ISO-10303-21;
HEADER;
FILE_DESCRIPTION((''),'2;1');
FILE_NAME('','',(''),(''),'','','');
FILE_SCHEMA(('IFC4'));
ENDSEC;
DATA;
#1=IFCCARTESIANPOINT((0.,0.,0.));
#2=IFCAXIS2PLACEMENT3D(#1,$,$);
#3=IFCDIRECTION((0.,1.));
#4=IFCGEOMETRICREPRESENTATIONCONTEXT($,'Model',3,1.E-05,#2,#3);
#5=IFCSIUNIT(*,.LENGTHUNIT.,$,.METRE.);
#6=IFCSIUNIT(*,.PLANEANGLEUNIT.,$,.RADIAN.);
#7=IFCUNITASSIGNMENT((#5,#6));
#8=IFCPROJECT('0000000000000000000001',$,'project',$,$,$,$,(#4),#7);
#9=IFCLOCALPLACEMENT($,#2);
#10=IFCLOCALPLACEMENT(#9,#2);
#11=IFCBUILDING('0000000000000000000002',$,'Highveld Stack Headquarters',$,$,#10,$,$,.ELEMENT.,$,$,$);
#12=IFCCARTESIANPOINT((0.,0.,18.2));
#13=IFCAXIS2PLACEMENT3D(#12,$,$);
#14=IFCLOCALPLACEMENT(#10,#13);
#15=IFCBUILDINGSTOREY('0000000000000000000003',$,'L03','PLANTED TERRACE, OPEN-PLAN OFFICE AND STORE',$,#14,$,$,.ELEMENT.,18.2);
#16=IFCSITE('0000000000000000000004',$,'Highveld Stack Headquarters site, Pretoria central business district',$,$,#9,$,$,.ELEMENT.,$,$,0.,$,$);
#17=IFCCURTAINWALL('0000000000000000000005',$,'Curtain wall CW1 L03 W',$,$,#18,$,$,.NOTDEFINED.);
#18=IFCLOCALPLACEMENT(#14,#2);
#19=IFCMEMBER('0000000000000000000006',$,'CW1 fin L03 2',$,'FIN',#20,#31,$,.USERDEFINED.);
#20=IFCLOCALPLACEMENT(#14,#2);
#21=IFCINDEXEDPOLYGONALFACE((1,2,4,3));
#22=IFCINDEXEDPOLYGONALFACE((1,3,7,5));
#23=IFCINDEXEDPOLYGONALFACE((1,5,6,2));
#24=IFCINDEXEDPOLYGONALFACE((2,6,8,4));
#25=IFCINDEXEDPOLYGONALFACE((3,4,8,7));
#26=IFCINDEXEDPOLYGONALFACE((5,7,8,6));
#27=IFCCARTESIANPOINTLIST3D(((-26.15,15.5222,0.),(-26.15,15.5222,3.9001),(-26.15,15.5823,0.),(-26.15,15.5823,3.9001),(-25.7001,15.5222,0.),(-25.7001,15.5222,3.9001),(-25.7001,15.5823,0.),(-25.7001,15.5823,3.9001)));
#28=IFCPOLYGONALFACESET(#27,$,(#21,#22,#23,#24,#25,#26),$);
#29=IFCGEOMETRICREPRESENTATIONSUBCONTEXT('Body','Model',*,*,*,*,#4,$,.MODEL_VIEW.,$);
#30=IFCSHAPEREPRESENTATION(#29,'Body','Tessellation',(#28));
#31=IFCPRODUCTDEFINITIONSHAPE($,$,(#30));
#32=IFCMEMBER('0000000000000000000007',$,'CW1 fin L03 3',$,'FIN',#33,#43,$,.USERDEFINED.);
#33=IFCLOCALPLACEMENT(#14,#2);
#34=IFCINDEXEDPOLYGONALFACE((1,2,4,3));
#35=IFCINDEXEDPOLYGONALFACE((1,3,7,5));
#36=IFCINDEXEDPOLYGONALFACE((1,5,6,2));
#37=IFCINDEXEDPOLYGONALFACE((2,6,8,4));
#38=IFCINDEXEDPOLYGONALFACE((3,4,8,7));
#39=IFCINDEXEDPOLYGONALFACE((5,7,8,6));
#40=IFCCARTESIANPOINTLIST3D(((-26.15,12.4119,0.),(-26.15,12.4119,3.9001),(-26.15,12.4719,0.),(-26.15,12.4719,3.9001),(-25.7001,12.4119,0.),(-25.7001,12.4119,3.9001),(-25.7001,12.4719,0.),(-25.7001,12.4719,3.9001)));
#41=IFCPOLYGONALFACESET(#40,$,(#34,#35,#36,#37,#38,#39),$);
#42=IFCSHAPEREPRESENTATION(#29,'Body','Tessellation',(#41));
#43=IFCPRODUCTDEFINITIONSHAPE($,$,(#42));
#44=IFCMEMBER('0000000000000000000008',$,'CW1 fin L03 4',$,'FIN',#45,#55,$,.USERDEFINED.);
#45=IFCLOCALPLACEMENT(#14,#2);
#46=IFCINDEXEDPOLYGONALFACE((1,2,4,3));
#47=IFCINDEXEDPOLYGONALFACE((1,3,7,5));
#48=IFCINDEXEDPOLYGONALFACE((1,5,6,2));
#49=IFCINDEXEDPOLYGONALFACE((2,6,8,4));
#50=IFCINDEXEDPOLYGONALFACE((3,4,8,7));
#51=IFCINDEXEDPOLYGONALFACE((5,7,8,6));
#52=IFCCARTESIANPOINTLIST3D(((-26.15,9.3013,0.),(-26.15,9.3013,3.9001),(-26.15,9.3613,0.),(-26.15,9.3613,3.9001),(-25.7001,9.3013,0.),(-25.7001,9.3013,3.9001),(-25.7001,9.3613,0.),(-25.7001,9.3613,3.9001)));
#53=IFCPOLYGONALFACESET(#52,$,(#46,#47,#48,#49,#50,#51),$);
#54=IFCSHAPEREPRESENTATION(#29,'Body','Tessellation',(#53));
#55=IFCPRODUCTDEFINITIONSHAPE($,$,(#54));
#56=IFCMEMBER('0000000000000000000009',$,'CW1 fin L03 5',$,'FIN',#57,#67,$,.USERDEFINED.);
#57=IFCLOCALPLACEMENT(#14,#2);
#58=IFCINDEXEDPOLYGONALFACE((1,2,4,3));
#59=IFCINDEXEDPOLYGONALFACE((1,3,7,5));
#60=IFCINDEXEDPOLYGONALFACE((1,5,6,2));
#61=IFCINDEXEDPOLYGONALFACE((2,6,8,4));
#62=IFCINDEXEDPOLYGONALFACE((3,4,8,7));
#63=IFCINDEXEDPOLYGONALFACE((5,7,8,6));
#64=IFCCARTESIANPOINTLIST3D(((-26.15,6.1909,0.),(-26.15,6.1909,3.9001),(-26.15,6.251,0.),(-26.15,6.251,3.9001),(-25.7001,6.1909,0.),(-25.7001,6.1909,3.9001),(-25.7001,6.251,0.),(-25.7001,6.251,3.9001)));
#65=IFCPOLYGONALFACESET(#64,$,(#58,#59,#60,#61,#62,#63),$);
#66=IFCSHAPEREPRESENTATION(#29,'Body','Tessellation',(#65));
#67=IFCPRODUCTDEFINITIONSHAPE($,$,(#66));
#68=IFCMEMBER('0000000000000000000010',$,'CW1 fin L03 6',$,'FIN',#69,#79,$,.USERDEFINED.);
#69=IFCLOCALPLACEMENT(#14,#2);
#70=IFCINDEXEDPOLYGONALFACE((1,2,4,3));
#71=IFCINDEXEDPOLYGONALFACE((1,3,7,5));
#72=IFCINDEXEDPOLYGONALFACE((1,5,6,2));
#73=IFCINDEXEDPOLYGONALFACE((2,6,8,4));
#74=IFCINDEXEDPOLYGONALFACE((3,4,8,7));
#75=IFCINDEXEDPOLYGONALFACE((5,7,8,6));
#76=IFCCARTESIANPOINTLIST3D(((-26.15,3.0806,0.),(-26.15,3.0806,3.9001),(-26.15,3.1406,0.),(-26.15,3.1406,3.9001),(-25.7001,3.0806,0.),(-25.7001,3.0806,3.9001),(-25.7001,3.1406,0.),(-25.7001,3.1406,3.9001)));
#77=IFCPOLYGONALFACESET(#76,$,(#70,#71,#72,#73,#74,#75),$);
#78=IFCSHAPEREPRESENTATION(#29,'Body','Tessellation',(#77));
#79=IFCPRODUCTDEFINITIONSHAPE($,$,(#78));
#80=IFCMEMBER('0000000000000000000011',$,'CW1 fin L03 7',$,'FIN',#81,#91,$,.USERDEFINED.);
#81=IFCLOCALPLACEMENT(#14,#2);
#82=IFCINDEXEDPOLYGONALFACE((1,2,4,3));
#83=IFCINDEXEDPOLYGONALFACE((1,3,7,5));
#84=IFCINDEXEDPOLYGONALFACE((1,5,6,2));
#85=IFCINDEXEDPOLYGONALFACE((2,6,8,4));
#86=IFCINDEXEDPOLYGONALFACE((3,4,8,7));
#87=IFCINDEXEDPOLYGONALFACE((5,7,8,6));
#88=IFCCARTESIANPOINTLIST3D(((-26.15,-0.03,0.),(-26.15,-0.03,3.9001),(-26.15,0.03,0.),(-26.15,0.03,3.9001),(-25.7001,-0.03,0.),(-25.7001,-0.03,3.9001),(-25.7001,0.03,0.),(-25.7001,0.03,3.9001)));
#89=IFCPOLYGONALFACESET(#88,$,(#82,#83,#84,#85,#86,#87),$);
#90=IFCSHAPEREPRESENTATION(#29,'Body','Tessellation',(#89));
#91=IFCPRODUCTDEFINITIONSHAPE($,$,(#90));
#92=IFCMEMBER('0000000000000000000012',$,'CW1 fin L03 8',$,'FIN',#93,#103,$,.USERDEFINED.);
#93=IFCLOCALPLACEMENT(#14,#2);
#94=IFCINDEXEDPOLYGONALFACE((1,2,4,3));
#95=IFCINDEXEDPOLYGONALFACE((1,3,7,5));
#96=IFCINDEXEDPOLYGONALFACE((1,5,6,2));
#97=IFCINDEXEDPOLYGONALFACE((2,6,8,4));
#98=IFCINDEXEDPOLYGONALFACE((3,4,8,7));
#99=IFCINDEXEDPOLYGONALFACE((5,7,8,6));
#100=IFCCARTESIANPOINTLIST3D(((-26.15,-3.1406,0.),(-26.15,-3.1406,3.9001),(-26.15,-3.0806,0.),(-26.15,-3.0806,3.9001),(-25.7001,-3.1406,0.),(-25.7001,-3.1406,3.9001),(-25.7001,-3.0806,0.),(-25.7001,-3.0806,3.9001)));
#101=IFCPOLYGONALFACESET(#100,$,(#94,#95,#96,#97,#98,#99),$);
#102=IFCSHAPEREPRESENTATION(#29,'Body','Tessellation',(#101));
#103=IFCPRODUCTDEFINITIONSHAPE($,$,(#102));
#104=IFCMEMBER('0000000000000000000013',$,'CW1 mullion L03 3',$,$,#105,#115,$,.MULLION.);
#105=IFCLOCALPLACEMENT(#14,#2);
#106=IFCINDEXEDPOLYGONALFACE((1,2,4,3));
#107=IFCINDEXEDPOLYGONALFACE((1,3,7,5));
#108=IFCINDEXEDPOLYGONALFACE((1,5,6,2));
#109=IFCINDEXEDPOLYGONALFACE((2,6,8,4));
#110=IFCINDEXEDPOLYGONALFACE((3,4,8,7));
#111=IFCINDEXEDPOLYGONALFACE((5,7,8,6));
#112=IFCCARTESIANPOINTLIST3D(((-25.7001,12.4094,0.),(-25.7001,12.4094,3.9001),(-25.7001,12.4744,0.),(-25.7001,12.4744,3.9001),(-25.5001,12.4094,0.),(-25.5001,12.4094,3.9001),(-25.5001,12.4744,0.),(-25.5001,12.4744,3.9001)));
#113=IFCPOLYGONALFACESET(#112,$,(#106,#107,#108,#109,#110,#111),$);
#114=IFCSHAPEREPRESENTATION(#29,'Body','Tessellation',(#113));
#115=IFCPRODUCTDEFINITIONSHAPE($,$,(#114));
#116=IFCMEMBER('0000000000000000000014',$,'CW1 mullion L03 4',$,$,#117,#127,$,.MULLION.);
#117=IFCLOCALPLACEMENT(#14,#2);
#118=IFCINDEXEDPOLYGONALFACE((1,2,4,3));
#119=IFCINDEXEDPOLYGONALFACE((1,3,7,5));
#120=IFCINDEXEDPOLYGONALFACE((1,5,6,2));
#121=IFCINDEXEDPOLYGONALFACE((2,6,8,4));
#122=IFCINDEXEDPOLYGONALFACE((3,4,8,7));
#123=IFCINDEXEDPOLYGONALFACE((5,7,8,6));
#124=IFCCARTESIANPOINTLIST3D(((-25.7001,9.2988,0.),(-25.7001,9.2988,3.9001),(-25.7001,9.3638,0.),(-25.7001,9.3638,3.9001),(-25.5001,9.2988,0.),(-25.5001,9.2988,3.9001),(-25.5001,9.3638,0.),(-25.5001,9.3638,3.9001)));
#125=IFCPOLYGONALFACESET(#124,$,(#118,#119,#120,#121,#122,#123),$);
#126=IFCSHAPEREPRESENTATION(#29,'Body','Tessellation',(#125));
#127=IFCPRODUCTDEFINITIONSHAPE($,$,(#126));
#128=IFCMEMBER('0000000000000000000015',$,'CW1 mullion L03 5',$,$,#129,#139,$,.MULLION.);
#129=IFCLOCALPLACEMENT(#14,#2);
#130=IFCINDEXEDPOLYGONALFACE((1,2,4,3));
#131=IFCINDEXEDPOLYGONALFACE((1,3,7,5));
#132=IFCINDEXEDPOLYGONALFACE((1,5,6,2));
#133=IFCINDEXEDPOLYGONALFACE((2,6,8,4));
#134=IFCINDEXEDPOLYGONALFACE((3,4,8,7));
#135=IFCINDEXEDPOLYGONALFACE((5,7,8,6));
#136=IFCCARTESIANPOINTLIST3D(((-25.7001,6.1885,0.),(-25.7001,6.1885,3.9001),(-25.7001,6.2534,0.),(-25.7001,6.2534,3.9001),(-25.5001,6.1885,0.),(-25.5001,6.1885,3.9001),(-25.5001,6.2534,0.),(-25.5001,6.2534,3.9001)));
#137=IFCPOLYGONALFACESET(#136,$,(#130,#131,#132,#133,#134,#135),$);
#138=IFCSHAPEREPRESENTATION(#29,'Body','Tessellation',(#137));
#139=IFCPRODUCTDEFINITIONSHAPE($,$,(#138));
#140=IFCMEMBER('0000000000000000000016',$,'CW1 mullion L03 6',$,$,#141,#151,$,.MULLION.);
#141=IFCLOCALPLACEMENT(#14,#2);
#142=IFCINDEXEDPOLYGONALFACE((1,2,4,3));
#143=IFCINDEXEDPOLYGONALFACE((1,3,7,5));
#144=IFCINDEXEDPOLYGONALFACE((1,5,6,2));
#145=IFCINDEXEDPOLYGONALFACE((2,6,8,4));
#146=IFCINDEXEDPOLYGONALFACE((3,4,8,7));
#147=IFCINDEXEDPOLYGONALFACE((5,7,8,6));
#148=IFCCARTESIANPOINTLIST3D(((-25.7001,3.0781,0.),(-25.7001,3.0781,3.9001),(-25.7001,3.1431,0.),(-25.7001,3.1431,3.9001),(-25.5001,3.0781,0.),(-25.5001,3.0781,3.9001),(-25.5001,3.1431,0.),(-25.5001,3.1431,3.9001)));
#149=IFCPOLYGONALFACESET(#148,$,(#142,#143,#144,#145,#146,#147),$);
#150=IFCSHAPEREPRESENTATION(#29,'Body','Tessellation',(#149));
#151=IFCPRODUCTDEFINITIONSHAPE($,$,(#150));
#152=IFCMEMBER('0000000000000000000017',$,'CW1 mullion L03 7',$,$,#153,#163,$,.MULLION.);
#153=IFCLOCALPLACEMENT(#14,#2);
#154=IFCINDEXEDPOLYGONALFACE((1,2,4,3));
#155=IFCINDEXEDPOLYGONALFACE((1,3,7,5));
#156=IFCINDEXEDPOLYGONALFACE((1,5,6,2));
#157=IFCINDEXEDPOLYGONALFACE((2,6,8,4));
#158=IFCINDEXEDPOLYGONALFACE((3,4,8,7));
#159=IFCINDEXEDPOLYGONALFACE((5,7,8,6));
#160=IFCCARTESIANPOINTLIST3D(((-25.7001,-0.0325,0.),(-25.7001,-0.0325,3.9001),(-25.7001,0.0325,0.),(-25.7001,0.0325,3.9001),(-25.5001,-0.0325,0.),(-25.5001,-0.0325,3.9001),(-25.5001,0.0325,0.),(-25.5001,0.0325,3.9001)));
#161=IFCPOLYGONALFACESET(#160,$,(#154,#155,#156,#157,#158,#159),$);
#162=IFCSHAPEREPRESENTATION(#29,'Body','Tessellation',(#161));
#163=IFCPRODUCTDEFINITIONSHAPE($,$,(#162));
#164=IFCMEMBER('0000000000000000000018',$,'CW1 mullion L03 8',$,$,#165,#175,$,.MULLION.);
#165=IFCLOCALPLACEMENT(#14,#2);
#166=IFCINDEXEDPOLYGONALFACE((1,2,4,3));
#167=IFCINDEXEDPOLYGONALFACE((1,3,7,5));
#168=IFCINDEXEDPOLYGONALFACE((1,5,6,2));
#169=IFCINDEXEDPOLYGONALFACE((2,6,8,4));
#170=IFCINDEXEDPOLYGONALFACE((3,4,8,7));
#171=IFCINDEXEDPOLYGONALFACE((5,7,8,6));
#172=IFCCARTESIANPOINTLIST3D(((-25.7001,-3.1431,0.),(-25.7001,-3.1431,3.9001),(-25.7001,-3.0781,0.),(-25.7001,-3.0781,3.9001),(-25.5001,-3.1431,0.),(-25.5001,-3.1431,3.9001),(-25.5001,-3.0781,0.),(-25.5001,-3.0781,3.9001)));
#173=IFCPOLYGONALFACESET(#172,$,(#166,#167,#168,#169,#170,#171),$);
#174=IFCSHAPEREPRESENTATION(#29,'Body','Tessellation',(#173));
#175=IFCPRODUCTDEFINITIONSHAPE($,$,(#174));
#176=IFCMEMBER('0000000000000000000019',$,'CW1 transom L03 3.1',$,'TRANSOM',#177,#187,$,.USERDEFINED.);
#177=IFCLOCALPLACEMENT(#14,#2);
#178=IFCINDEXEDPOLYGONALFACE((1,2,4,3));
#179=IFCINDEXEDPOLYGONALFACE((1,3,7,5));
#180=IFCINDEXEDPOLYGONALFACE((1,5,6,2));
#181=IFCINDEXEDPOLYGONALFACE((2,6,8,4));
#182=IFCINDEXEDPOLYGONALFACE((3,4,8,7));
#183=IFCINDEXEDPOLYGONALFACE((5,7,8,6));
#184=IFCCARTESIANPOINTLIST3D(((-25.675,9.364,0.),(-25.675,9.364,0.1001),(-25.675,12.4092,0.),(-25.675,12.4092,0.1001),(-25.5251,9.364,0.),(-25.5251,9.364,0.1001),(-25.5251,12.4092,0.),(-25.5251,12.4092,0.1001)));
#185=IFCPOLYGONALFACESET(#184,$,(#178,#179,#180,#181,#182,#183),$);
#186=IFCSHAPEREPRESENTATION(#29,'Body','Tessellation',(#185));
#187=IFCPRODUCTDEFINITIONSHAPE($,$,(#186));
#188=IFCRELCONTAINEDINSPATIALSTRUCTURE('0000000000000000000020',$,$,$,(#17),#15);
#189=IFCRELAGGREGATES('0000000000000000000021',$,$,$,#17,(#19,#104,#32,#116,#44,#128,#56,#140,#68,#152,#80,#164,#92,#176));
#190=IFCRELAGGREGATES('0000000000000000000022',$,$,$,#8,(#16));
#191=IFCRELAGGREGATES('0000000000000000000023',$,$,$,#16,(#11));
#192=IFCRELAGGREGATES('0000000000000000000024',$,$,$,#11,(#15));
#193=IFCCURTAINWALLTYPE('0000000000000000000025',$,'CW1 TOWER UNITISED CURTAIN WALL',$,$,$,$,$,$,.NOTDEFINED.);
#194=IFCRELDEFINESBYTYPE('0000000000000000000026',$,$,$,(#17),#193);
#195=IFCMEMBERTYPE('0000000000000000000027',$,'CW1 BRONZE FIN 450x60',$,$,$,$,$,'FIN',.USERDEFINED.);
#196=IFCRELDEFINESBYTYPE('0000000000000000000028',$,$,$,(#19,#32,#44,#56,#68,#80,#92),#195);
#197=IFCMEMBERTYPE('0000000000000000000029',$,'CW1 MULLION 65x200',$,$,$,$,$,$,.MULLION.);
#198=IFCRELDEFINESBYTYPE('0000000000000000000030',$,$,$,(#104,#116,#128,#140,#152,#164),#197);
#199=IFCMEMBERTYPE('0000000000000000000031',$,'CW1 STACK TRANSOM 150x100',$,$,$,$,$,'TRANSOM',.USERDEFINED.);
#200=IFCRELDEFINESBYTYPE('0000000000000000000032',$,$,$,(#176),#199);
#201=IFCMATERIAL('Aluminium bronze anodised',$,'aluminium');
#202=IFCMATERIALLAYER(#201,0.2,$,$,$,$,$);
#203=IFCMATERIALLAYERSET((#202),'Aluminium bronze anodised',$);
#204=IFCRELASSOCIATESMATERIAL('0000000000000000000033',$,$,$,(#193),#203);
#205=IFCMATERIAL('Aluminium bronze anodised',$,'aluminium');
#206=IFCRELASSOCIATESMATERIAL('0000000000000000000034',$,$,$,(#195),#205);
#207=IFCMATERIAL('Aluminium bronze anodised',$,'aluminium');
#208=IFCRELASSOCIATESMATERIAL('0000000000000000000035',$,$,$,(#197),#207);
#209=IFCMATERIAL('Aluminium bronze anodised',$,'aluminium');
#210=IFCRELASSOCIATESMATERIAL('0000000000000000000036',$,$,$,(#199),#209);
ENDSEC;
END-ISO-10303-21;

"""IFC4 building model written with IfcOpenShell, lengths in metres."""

from ifc_helpers import new_model, si_unit, direction, frame, origin, origin_2d, place, context, subcontext, project, spatial, rectangle, extrude, material, layer, layer_set, material_profile, profile_set, type_object, element, aggregate, save


model = new_model("IFC4")

# Units and contexts
model_context = context("Model", 3, precision=1e-05, world=origin(), true_north=direction((0.0, 1.0)))
body_context = subcontext(model_context, "Body", "Model", "MODEL_VIEW")
ifc_project = project(units=[si_unit("LENGTHUNIT", "METRE"), si_unit("PLANEANGLEUNIT", "RADIAN")], contexts=[model_context])

# Site, building, storey
site_placement = place(None, origin())
site = spatial("IfcSite", under=ifc_project, at=site_placement, Name="Highveld Stack Headquarters site, Pretoria central business district", CompositionType="ELEMENT", RefElevation=0.0)
building_placement = place(site_placement, origin())
building = spatial("IfcBuilding", under=site, at=building_placement, Name="Highveld Stack Headquarters", CompositionType="ELEMENT")
storey_placement = place(building_placement, frame((0.0, 0.0, 18.2)))
storey = spatial("IfcBuildingStorey", under=building, at=storey_placement, Name="L03", Description="PLANTED TERRACE, OPEN-PLAN OFFICE AND STORE", CompositionType="ELEMENT", Elevation=18.2)

# Curtain wall, members
ifc_material_1 = material(Name="Aluminium bronze anodised", Category="aluminium")
ifc_layer_1 = layer(ifc_material_1, 0.2)
ifc_layer_set_1 = layer_set([ifc_layer_1], Name="Aluminium bronze anodised")
curtain_wall_type = type_object("IfcCurtainWallType", Name="CW1 TOWER UNITISED CURTAIN WALL", PredefinedType="NOTDEFINED", material=ifc_layer_set_1)
curtain_wall_placement = place(storey_placement, origin())
curtain_wall = element("IfcCurtainWall", 1, at=curtain_wall_placement, inside=storey, type_object=curtain_wall_type, Name="Curtain wall CW1 L03 W", PredefinedType="NOTDEFINED")
ifc_material_2 = material(Name="Aluminium bronze anodised", Category="aluminium")
ifc_material_profile_1 = material_profile(ifc_material_2, rectangle(XDim=0.45, YDim=0.0601, at=origin_2d()), Name="FIN 450x60")
ifc_profile_set_1 = profile_set([ifc_material_profile_1], Name="Aluminium bronze anodised")
member_type_1 = type_object("IfcMemberType", Name="CW1 BRONZE FIN 450x60", ElementType="FIN", PredefinedType="USERDEFINED", material=ifc_profile_set_1)
member_1_placement = place(storey_placement, frame((-25.925, 15.5522, 0.0), z_axis=(0.0, 0.0, 1.0), x_axis=(1.0, 0.0, 0.0)))
member_1 = element("IfcMember", 2, at=member_1_placement, type_object=member_type_1, Name="CW1 fin L03 2", ObjectType="FIN", PredefinedType="USERDEFINED", context=body_context, shape_type="SweptSolid", body=[
    extrude(rectangle(XDim=0.45, YDim=0.0601, at=origin_2d()), origin(), (0.0, 0.0, 1.0), 3.9001),
])
member_2_placement = place(storey_placement, frame((-25.925, 12.4419, 0.0), z_axis=(0.0, 0.0, 1.0), x_axis=(1.0, 0.0, 0.0)))
member_2 = element("IfcMember", 3, at=member_2_placement, type_object=member_type_1, Name="CW1 fin L03 3", ObjectType="FIN", PredefinedType="USERDEFINED", context=body_context, shape_type="SweptSolid", body=[
    extrude(rectangle(XDim=0.45, YDim=0.0601, at=origin_2d()), origin(), (0.0, 0.0, 1.0), 3.9001),
])
member_3_placement = place(storey_placement, frame((-25.925, 9.3313, 0.0), z_axis=(0.0, 0.0, 1.0), x_axis=(1.0, 0.0, 0.0)))
member_3 = element("IfcMember", 4, at=member_3_placement, type_object=member_type_1, Name="CW1 fin L03 4", ObjectType="FIN", PredefinedType="USERDEFINED", context=body_context, shape_type="SweptSolid", body=[
    extrude(rectangle(XDim=0.45, YDim=0.0601, at=origin_2d()), origin(), (0.0, 0.0, 1.0), 3.9001),
])
member_4_placement = place(storey_placement, frame((-25.925, 6.2209, 0.0), z_axis=(0.0, 0.0, 1.0), x_axis=(1.0, 0.0, 0.0)))
member_4 = element("IfcMember", 5, at=member_4_placement, type_object=member_type_1, Name="CW1 fin L03 5", ObjectType="FIN", PredefinedType="USERDEFINED", context=body_context, shape_type="SweptSolid", body=[
    extrude(rectangle(XDim=0.45, YDim=0.0601, at=origin_2d()), origin(), (0.0, 0.0, 1.0), 3.9001),
])
member_5_placement = place(storey_placement, frame((-25.925, 3.1106, 0.0), z_axis=(0.0, 0.0, 1.0), x_axis=(1.0, 0.0, 0.0)))
member_5 = element("IfcMember", 6, at=member_5_placement, type_object=member_type_1, Name="CW1 fin L03 6", ObjectType="FIN", PredefinedType="USERDEFINED", context=body_context, shape_type="SweptSolid", body=[
    extrude(rectangle(XDim=0.45, YDim=0.0601, at=origin_2d()), origin(), (0.0, 0.0, 1.0), 3.9001),
])
member_6_placement = place(storey_placement, frame((-25.925, 0.0, 0.0), z_axis=(0.0, 0.0, 1.0), x_axis=(1.0, 0.0, 0.0)))
member_6 = element("IfcMember", 7, at=member_6_placement, type_object=member_type_1, Name="CW1 fin L03 7", ObjectType="FIN", PredefinedType="USERDEFINED", context=body_context, shape_type="SweptSolid", body=[
    extrude(rectangle(XDim=0.45, YDim=0.0601, at=origin_2d()), origin(), (0.0, 0.0, 1.0), 3.9001),
])
member_7_placement = place(storey_placement, frame((-25.925, -3.1106, 0.0), z_axis=(0.0, 0.0, 1.0), x_axis=(1.0, 0.0, 0.0)))
member_7 = element("IfcMember", 8, at=member_7_placement, type_object=member_type_1, Name="CW1 fin L03 8", ObjectType="FIN", PredefinedType="USERDEFINED", context=body_context, shape_type="SweptSolid", body=[
    extrude(rectangle(XDim=0.45, YDim=0.0601, at=origin_2d()), origin(), (0.0, 0.0, 1.0), 3.9001),
])
ifc_material_3 = material(Name="Aluminium bronze anodised", Category="aluminium")
ifc_material_profile_2 = material_profile(ifc_material_3, rectangle(XDim=0.2, YDim=0.0649, at=origin_2d()), Name="CW1 MULLION 65x200")
ifc_profile_set_2 = profile_set([ifc_material_profile_2], Name="Aluminium bronze anodised")
member_type_2 = type_object("IfcMemberType", Name="CW1 MULLION 65x200", PredefinedType="MULLION", material=ifc_profile_set_2)
member_8_placement = place(storey_placement, frame((-25.6001, 12.4419, 0.0), z_axis=(0.0, 0.0, 1.0), x_axis=(1.0, 0.0, 0.0)))
member_8 = element("IfcMember", 9, at=member_8_placement, type_object=member_type_2, Name="CW1 mullion L03 3", PredefinedType="MULLION", context=body_context, shape_type="SweptSolid", body=[
    extrude(rectangle(XDim=0.2, YDim=0.0649, at=origin_2d()), origin(), (0.0, 0.0, 1.0), 3.9001),
])
member_9_placement = place(storey_placement, frame((-25.6001, 9.3313, 0.0), z_axis=(0.0, 0.0, 1.0), x_axis=(1.0, 0.0, 0.0)))
member_9 = element("IfcMember", 10, at=member_9_placement, type_object=member_type_2, Name="CW1 mullion L03 4", PredefinedType="MULLION", context=body_context, shape_type="SweptSolid", body=[
    extrude(rectangle(XDim=0.2, YDim=0.0649, at=origin_2d()), origin(), (0.0, 0.0, 1.0), 3.9001),
])
member_10_placement = place(storey_placement, frame((-25.6001, 6.2209, 0.0), z_axis=(0.0, 0.0, 1.0), x_axis=(1.0, 0.0, 0.0)))
member_10 = element("IfcMember", 11, at=member_10_placement, type_object=member_type_2, Name="CW1 mullion L03 5", PredefinedType="MULLION", context=body_context, shape_type="SweptSolid", body=[
    extrude(rectangle(XDim=0.2, YDim=0.0649, at=origin_2d()), origin(), (0.0, 0.0, 1.0), 3.9001),
])
member_11_placement = place(storey_placement, frame((-25.6001, 3.1106, 0.0), z_axis=(0.0, 0.0, 1.0), x_axis=(1.0, 0.0, 0.0)))
member_11 = element("IfcMember", 12, at=member_11_placement, type_object=member_type_2, Name="CW1 mullion L03 6", PredefinedType="MULLION", context=body_context, shape_type="SweptSolid", body=[
    extrude(rectangle(XDim=0.2, YDim=0.0649, at=origin_2d()), origin(), (0.0, 0.0, 1.0), 3.9001),
])
member_12_placement = place(storey_placement, frame((-25.6001, 0.0, 0.0), z_axis=(0.0, 0.0, 1.0), x_axis=(1.0, 0.0, 0.0)))
member_12 = element("IfcMember", 13, at=member_12_placement, type_object=member_type_2, Name="CW1 mullion L03 7", PredefinedType="MULLION", context=body_context, shape_type="SweptSolid", body=[
    extrude(rectangle(XDim=0.2, YDim=0.0649, at=origin_2d()), origin(), (0.0, 0.0, 1.0), 3.9001),
])
member_13_placement = place(storey_placement, frame((-25.6001, -3.1106, 0.0), z_axis=(0.0, 0.0, 1.0), x_axis=(1.0, 0.0, 0.0)))
member_13 = element("IfcMember", 14, at=member_13_placement, type_object=member_type_2, Name="CW1 mullion L03 8", PredefinedType="MULLION", context=body_context, shape_type="SweptSolid", body=[
    extrude(rectangle(XDim=0.2, YDim=0.0649, at=origin_2d()), origin(), (0.0, 0.0, 1.0), 3.9001),
])
ifc_material_4 = material(Name="Aluminium bronze anodised", Category="aluminium")
ifc_material_profile_3 = material_profile(ifc_material_4, rectangle(XDim=0.1499, YDim=0.1001, at=origin_2d()), Name="CW1 TRANSOM 150x100")
ifc_profile_set_3 = profile_set([ifc_material_profile_3], Name="Aluminium bronze anodised")
member_type_3 = type_object("IfcMemberType", Name="CW1 STACK TRANSOM 150x100", ElementType="TRANSOM", PredefinedType="USERDEFINED", material=ifc_profile_set_3)
member_14_placement = place(storey_placement, frame((-25.6001, 12.4092, 0.05), z_axis=(0.0, -1.0, 0.0), x_axis=(1.0, 0.0, 0.0)))
member_14 = element("IfcMember", 15, at=member_14_placement, type_object=member_type_3, Name="CW1 transom L03 3.1", ObjectType="TRANSOM", PredefinedType="USERDEFINED", context=body_context, shape_type="SweptSolid", body=[
    extrude(rectangle(XDim=0.1499, YDim=0.1001, at=origin_2d()), origin(), (0.0, 0.0, 1.0), 3.0452),
])
aggregate(curtain_wall, [member_1, member_8, member_2, member_9, member_3, member_10, member_4, member_11, member_5, member_12, member_6, member_13, member_7, member_14])

save(model, "model.ifc")
